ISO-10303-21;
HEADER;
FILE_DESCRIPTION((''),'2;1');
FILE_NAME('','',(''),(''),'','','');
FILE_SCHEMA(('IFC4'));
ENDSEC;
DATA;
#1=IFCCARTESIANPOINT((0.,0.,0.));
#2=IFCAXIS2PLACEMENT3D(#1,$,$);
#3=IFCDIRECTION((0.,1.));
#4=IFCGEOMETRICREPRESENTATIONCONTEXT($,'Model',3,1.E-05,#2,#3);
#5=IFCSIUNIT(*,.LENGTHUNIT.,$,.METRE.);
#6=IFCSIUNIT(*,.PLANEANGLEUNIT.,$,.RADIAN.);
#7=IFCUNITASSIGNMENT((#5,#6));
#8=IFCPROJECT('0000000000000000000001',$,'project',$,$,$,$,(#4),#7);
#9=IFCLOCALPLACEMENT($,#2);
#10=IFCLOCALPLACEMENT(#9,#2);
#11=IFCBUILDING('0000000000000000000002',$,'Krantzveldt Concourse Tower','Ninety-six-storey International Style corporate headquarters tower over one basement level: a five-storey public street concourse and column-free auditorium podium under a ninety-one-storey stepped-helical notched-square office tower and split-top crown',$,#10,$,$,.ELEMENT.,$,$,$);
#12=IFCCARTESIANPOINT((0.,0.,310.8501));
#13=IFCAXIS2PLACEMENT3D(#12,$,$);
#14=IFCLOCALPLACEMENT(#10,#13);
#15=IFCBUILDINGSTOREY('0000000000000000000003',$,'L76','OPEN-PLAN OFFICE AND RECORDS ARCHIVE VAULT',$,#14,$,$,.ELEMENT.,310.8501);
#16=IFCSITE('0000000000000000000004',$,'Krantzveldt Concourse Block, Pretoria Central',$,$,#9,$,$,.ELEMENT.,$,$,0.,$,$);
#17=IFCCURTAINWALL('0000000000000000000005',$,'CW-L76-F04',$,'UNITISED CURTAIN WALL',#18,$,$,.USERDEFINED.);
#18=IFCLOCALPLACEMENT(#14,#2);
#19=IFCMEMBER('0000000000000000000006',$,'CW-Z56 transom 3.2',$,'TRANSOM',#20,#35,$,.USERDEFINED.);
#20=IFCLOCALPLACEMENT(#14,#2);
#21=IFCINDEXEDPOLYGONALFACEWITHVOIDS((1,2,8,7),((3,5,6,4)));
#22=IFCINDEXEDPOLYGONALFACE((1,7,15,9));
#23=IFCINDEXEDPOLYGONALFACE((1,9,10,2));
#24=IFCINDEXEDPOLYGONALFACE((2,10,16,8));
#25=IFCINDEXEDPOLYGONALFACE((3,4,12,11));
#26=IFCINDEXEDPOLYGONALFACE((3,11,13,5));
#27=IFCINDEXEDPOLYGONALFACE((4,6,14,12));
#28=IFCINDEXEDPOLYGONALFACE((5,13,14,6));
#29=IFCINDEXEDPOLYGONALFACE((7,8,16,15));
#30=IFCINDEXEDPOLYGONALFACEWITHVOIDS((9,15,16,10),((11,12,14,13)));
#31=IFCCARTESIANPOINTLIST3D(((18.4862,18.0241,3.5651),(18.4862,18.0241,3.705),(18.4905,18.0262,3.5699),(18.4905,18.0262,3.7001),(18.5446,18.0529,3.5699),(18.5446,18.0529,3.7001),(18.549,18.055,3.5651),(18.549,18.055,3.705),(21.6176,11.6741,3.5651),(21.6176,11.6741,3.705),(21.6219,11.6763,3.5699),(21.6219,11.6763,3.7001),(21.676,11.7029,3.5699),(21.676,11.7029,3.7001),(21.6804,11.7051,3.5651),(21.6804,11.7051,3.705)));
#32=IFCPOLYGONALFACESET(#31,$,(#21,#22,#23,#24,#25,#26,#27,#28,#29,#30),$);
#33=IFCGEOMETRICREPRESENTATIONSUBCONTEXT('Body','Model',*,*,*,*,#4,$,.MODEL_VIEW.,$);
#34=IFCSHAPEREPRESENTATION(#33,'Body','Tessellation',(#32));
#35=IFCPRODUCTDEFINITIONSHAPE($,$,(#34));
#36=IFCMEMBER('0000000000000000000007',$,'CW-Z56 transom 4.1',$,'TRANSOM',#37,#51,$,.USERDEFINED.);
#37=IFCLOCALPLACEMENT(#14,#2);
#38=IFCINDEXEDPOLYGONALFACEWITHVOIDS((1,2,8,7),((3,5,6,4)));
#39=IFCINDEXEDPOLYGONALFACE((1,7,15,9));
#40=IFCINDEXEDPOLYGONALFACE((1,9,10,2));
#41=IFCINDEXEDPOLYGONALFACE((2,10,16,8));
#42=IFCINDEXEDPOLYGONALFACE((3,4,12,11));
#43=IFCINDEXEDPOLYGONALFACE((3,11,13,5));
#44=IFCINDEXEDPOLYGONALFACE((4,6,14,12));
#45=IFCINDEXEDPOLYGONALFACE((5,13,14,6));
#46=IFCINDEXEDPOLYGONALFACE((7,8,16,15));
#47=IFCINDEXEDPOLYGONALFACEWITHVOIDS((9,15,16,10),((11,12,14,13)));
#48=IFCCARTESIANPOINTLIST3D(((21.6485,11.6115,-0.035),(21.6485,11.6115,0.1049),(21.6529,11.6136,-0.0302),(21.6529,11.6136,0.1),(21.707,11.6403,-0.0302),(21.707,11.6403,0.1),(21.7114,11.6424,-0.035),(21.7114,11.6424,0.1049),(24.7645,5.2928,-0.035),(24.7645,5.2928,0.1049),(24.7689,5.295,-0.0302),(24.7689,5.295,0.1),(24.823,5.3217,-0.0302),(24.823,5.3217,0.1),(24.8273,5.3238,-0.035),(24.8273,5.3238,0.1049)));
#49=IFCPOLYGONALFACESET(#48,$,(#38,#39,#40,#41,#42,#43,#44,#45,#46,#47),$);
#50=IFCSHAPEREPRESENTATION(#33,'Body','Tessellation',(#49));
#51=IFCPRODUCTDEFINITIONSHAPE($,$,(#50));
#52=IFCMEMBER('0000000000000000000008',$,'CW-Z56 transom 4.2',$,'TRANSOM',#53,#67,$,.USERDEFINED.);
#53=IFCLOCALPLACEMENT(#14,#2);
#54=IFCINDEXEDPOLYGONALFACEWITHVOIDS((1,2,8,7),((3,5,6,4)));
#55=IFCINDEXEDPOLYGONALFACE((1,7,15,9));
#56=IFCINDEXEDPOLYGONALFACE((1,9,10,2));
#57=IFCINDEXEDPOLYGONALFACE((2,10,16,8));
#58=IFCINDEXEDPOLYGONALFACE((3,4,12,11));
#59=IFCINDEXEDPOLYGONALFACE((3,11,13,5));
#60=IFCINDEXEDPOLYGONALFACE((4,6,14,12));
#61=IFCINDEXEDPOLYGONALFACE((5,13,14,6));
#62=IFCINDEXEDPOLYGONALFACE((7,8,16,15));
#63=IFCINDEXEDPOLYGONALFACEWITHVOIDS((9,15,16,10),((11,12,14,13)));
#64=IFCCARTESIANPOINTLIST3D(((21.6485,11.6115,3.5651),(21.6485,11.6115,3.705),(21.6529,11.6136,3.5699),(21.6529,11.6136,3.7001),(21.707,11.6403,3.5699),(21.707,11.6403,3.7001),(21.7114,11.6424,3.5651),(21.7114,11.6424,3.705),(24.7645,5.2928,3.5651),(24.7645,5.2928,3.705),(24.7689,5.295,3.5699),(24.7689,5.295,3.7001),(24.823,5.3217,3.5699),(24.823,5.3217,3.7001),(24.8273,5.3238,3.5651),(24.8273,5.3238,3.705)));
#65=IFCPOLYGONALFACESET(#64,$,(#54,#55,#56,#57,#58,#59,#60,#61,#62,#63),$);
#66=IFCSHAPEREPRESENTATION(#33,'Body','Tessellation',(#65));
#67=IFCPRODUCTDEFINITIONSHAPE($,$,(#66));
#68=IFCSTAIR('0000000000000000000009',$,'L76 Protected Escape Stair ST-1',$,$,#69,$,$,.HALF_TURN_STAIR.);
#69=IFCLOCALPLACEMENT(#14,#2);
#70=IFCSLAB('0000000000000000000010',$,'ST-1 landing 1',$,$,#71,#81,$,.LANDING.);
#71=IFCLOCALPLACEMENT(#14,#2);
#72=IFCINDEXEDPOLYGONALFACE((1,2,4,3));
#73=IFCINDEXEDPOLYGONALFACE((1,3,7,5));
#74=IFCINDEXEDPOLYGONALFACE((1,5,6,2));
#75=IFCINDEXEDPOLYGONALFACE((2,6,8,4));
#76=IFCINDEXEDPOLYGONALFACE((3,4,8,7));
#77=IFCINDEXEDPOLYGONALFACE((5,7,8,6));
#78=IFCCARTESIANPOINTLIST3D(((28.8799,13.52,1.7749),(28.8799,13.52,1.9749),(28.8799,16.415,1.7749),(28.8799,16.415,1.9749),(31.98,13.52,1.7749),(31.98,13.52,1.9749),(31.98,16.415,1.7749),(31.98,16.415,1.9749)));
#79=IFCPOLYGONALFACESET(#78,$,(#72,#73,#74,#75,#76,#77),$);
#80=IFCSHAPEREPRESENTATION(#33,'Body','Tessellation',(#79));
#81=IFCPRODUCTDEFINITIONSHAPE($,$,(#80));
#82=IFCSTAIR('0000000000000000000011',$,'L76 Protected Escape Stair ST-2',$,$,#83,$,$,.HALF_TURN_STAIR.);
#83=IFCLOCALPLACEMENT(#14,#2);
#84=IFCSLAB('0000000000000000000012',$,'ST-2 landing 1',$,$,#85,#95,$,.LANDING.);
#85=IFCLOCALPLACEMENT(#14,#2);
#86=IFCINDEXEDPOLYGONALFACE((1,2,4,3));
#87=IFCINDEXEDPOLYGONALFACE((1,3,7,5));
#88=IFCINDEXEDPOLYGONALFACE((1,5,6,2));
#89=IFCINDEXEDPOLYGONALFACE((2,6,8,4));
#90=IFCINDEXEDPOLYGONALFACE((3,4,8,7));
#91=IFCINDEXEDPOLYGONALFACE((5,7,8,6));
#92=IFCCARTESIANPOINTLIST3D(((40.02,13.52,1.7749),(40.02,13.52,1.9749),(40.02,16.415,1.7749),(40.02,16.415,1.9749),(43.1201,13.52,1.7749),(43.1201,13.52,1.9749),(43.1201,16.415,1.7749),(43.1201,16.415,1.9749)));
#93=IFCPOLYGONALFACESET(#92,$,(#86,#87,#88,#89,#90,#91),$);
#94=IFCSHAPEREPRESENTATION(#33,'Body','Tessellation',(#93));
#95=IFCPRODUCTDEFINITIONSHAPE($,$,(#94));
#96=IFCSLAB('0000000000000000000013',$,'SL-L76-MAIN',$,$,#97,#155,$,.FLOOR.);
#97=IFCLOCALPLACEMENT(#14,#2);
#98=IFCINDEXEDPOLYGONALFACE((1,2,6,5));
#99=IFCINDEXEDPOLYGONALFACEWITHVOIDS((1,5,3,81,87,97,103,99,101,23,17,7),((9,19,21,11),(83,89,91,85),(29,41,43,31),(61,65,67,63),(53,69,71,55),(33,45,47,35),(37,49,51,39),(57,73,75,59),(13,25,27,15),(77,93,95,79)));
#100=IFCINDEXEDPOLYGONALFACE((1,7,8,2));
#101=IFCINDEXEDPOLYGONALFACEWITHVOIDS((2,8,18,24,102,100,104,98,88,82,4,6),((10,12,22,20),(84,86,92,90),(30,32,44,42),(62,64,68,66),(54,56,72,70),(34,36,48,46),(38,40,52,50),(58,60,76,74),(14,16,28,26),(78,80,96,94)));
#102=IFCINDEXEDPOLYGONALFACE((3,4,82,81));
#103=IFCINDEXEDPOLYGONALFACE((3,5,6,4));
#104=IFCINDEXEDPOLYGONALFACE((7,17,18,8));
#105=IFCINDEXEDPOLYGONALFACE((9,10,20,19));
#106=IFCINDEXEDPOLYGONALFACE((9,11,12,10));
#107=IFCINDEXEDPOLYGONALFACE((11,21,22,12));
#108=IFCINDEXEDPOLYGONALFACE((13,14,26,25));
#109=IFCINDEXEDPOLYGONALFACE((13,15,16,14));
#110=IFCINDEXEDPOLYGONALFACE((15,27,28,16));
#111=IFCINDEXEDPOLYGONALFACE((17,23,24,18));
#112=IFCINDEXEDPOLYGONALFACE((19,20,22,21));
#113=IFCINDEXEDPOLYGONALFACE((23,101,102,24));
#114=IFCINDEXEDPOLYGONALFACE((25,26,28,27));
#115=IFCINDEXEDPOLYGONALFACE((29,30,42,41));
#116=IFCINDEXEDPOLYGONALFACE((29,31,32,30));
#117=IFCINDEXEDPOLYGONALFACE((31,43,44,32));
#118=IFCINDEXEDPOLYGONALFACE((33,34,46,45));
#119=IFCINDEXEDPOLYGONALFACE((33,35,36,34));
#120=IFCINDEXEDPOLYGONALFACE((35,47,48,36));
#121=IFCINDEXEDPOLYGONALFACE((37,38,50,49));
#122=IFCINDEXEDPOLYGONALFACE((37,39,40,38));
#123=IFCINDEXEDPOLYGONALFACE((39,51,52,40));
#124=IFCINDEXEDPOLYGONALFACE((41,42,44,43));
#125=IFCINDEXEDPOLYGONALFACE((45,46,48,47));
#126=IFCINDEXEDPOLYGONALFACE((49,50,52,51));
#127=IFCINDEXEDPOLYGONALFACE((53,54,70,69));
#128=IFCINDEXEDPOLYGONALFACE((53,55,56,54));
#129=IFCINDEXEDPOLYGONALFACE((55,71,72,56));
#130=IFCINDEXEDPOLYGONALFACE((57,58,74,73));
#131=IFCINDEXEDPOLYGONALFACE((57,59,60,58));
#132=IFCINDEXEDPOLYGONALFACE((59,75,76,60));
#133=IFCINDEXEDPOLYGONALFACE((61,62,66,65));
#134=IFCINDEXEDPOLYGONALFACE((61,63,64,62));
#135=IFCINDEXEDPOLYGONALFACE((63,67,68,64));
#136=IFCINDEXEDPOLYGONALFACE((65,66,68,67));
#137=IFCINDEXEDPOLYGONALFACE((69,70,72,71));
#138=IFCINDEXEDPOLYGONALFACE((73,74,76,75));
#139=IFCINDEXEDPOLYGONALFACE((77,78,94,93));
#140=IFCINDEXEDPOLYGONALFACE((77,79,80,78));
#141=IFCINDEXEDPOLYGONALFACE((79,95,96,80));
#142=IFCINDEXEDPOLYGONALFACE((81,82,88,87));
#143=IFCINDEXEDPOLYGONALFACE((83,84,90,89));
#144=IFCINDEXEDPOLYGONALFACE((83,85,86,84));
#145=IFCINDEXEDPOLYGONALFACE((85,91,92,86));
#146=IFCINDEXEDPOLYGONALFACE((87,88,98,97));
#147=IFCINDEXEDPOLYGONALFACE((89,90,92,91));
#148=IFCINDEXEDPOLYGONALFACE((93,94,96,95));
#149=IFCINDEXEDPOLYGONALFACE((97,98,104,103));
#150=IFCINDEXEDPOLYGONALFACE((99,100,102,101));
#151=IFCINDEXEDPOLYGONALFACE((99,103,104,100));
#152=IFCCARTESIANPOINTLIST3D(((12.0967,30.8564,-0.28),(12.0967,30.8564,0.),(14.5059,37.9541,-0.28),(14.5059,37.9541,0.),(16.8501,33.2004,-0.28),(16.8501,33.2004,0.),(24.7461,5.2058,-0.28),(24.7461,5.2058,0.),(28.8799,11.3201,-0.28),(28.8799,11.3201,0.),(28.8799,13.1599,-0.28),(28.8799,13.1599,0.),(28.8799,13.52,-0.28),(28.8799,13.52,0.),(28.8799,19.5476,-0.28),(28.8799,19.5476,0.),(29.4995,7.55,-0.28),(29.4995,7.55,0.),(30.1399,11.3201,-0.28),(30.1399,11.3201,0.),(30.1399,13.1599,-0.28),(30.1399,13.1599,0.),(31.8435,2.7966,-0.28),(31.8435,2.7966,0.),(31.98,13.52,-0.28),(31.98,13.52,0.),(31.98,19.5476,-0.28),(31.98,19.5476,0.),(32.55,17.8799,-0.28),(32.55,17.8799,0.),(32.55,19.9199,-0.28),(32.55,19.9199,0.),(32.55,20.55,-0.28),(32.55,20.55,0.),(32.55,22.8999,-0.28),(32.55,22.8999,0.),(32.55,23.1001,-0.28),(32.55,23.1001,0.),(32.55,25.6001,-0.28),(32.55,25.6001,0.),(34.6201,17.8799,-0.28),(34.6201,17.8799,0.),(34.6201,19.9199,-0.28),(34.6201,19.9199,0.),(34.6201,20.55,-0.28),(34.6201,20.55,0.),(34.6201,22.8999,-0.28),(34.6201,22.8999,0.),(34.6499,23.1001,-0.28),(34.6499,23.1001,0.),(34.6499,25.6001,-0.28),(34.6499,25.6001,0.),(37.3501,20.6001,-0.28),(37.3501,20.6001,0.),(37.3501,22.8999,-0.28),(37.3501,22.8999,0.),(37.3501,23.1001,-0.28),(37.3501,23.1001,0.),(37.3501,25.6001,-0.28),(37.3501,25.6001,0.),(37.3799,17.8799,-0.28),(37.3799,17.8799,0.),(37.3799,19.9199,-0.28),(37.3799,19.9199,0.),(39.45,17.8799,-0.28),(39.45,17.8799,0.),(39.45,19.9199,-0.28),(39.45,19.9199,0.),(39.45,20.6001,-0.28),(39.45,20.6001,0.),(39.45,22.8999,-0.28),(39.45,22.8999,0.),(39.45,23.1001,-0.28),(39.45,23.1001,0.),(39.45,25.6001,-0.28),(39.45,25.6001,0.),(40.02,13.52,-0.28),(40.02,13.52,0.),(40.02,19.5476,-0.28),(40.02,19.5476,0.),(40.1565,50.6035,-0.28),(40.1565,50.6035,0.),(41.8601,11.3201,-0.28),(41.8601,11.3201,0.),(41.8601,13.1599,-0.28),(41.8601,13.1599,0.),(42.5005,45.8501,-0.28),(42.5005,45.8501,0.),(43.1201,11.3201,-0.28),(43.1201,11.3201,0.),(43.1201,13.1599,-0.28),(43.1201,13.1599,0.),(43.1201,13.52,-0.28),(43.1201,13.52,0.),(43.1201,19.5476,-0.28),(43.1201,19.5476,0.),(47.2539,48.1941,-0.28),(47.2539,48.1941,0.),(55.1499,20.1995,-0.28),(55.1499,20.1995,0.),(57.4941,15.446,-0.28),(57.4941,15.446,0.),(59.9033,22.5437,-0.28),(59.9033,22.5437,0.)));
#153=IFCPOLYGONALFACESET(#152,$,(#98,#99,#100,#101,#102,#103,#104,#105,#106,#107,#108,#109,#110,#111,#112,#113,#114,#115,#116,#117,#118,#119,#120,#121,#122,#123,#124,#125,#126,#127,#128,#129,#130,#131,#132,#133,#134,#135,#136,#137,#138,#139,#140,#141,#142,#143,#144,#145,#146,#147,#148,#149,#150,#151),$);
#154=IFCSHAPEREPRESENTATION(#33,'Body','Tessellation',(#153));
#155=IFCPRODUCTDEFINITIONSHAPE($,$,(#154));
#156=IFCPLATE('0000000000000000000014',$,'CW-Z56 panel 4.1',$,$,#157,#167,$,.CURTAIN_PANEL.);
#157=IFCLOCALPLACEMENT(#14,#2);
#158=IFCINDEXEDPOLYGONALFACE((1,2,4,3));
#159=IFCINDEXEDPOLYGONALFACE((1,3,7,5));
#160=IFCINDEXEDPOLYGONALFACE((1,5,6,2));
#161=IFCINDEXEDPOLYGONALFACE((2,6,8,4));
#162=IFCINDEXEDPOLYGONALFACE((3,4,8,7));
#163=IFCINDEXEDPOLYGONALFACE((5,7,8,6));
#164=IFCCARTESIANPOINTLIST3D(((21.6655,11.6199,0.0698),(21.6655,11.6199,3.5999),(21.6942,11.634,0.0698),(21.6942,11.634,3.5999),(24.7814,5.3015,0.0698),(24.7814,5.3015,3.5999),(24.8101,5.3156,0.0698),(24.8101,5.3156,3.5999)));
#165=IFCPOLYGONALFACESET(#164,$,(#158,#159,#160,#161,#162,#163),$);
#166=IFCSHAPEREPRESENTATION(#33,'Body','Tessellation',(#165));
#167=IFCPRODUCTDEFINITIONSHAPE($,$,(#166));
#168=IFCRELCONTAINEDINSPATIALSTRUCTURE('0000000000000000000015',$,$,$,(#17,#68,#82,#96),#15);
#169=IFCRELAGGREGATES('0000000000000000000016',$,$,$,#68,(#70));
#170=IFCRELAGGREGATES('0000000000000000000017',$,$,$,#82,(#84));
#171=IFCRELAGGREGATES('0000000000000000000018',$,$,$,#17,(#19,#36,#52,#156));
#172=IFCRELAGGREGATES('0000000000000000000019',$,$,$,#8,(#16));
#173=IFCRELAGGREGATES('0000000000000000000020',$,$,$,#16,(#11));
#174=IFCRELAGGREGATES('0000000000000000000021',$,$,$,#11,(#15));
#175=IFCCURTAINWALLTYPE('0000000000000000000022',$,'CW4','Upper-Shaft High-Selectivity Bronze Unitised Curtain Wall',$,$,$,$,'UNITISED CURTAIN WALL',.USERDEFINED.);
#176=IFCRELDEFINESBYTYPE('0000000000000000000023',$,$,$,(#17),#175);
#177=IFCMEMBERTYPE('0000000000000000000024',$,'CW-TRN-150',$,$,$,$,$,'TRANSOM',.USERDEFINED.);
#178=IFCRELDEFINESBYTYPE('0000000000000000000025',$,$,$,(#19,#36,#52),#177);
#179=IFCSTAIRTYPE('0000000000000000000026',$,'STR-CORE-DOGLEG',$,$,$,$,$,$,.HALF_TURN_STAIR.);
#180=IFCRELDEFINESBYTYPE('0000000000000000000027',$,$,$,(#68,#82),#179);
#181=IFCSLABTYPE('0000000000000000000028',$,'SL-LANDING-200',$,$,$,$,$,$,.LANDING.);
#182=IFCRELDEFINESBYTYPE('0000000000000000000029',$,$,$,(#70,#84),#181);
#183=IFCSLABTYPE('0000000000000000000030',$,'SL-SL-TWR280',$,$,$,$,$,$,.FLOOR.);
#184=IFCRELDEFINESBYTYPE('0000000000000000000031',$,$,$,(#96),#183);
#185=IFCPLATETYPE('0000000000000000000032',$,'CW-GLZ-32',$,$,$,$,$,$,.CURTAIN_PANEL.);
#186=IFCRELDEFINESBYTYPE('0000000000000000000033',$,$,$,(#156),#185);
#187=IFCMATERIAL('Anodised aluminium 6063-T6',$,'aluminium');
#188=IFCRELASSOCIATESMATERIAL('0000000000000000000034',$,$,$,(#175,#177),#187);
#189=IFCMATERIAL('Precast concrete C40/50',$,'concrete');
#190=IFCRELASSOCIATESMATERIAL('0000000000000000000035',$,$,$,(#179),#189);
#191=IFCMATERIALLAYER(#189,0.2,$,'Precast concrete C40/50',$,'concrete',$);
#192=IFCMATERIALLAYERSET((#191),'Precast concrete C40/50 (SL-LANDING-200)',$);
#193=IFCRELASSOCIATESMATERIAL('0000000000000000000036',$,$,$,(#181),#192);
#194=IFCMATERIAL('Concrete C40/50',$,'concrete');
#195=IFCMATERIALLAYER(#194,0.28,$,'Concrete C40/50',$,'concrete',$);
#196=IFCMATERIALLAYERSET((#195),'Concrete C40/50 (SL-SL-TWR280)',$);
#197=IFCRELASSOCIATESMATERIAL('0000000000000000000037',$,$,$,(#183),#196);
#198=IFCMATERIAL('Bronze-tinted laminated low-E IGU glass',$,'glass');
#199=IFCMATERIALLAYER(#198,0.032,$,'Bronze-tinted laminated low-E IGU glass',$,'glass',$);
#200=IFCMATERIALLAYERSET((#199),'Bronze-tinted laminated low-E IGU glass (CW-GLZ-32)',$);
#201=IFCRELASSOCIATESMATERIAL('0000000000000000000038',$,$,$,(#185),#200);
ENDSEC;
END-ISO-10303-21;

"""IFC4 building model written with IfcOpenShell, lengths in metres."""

from ifc_helpers import new_model, si_unit, direction, frame, origin, origin_2d, place, context, subcontext, project, spatial, polyline, rectangle, hollow_rectangle, outline, extrude, source, transform, mapped, material, layer, layer_set, material_profile, profile_set, type_object, type_shapes, element, aggregate, save


model = new_model("IFC4")

# Units and contexts
model_context = context("Model", 3, precision=1e-05, world=origin(), true_north=direction((0.0, 1.0)))
body_context = subcontext(model_context, "Body", "Model", "MODEL_VIEW")
ifc_project = project(units=[si_unit("LENGTHUNIT", "METRE"), si_unit("PLANEANGLEUNIT", "RADIAN")], contexts=[model_context])

# Site, building, storey
site_placement = place(None, origin())
site = spatial("IfcSite", under=ifc_project, at=site_placement, Name="Krantzveldt Concourse Block, Pretoria Central", CompositionType="ELEMENT", RefElevation=0.0)
building_placement = place(site_placement, origin())
building = spatial("IfcBuilding", under=site, at=building_placement, Name="Krantzveldt Concourse Tower", Description="Ninety-six-storey International Style corporate headquarters tower over one basement level: a five-storey public street concourse and column-free auditorium podium under a ninety-one-storey stepped-helical notched-square office tower and split-top crown", CompositionType="ELEMENT")
storey_placement = place(building_placement, frame((0.0, 0.0, 310.8501)))
storey = spatial("IfcBuildingStorey", under=building, at=storey_placement, Name="L76", Description="OPEN-PLAN OFFICE AND RECORDS ARCHIVE VAULT", CompositionType="ELEMENT", Elevation=310.8501)

# Curtain wall, members
ifc_material_1 = material(Name="Anodised aluminium 6063-T6", Category="aluminium")
curtain_wall_type = type_object("IfcCurtainWallType", Name="CW4", Description="Upper-Shaft High-Selectivity Bronze Unitised Curtain Wall", ElementType="UNITISED CURTAIN WALL", PredefinedType="USERDEFINED", material=ifc_material_1)
curtain_wall_placement = place(storey_placement, origin())
curtain_wall = element("IfcCurtainWall", 1, at=curtain_wall_placement, inside=storey, type_object=curtain_wall_type, Name="CW-L76-F04", ObjectType="UNITISED CURTAIN WALL", PredefinedType="USERDEFINED")
ifc_material_profile_1 = material_profile(ifc_material_1, hollow_rectangle(XDim=0.0701, YDim=0.1399, WallThickness=0.0049, at=origin_2d()), Name="Anodised aluminium 6063-T6", Category="aluminium")
ifc_profile_set_1 = profile_set([ifc_material_profile_1], Name="Anodised aluminium 6063-T6 - ALU-TRAN 140x70x5")
member_type_1 = type_object("IfcMemberType", Name="CW-TRN-150", ElementType="TRANSOM", PredefinedType="USERDEFINED", material=ifc_profile_set_1)
shared_shape_1 = source(origin(), body_context, "Body", "SweptSolid", [
    extrude(hollow_rectangle(XDim=0.0701, YDim=0.1399, WallThickness=0.0049, at=origin_2d()), origin(), (0.0, 0.0, 1.0), 7.0801),
])
member_1_placement = place(storey_placement, frame((18.5176, 18.0396, 3.635), z_axis=(0.442283, -0.896876, 0.0), x_axis=(0.896876, 0.442283, 0.0)))
member_1 = element("IfcMember", 2, at=member_1_placement, type_object=member_type_1, Name="CW-Z56 transom 3.2", ObjectType="TRANSOM", PredefinedType="USERDEFINED", context=body_context, shape_type="MappedRepresentation", body=[
    mapped(shared_shape_1, transform((0.0, 0.0, 0.0), x_axis=(1.0, 0.0, 0.0), y_axis=(0.0, 1.0, 0.0), z_axis=(0.0, 0.0, 1.0), scale=1.0)),
])
shared_shape_2 = source(origin(), body_context, "Body", "SweptSolid", [
    extrude(hollow_rectangle(XDim=0.0701, YDim=0.1399, WallThickness=0.0049, at=origin_2d()), origin(), (0.0, 0.0, 1.0), 7.0452),
])
type_shapes(member_type_1, [shared_shape_1, shared_shape_2])
member_2_placement = place(storey_placement, frame((21.6799, 11.627, 0.0349), z_axis=(0.442286, -0.896874, 0.0), x_axis=(0.896874, 0.442286, 0.0)))
member_2 = element("IfcMember", 3, at=member_2_placement, type_object=member_type_1, Name="CW-Z56 transom 4.1", ObjectType="TRANSOM", PredefinedType="USERDEFINED", context=body_context, shape_type="MappedRepresentation", body=[
    mapped(shared_shape_2, transform((0.0, 0.0, 0.0), x_axis=(1.0, 0.0, 0.0), y_axis=(0.0, 1.0, 0.0), z_axis=(0.0, 0.0, 1.0), scale=1.0)),
])
member_3_placement = place(storey_placement, frame((21.6799, 11.627, 3.635), z_axis=(0.442286, -0.896874, 0.0), x_axis=(0.896874, 0.442286, 0.0)))
member_3 = element("IfcMember", 4, at=member_3_placement, type_object=member_type_1, Name="CW-Z56 transom 4.2", ObjectType="TRANSOM", PredefinedType="USERDEFINED", context=body_context, shape_type="MappedRepresentation", body=[
    mapped(shared_shape_2, transform((0.0, 0.0, 0.0), x_axis=(1.0, 0.0, 0.0), y_axis=(0.0, 1.0, 0.0), z_axis=(0.0, 0.0, 1.0), scale=1.0)),
])

# Stairs, slabs
ifc_material_2 = material(Name="Precast concrete C40/50", Category="concrete")
stair_type = type_object("IfcStairType", Name="STR-CORE-DOGLEG", PredefinedType="HALF_TURN_STAIR", material=ifc_material_2)
stair_1_placement = place(storey_placement, origin())
stair_1 = element("IfcStair", 5, at=stair_1_placement, inside=storey, type_object=stair_type, Name="L76 Protected Escape Stair ST-1", PredefinedType="HALF_TURN_STAIR")
ifc_layer_1 = layer(ifc_material_2, 0.2, Name="Precast concrete C40/50", Category="concrete")
ifc_layer_set_1 = layer_set([ifc_layer_1], Name="Precast concrete C40/50 (SL-LANDING-200)")
slab_type_1 = type_object("IfcSlabType", Name="SL-LANDING-200", PredefinedType="LANDING", material=ifc_layer_set_1)
slab_1_placement = place(storey_placement, frame((0.0, 0.0, 1.7749)))
slab_1 = element("IfcSlab", 6, at=slab_1_placement, type_object=slab_type_1, Name="ST-1 landing 1", PredefinedType="LANDING", context=body_context, shape_type="SweptSolid", body=[
    extrude(outline(polyline([(28.8799, 16.415), (28.8799, 13.52), (31.98, 13.52), (31.98, 16.415), (28.8799, 16.415)])), origin(), (0.0, 0.0, 1.0), 0.2),
])
aggregate(stair_1, [slab_1])
stair_2_placement = place(storey_placement, origin())
stair_2 = element("IfcStair", 7, at=stair_2_placement, inside=storey, type_object=stair_type, Name="L76 Protected Escape Stair ST-2", PredefinedType="HALF_TURN_STAIR")
slab_2_placement = place(storey_placement, frame((0.0, 0.0, 1.7749)))
slab_2 = element("IfcSlab", 8, at=slab_2_placement, type_object=slab_type_1, Name="ST-2 landing 1", PredefinedType="LANDING", context=body_context, shape_type="SweptSolid", body=[
    extrude(outline(polyline([(40.02, 16.415), (40.02, 13.52), (43.1201, 13.52), (43.1201, 16.415), (40.02, 16.415)])), origin(), (0.0, 0.0, 1.0), 0.2),
])
aggregate(stair_2, [slab_2])

# Slab
ifc_material_3 = material(Name="Concrete C40/50", Category="concrete")
ifc_layer_2 = layer(ifc_material_3, 0.28, Name="Concrete C40/50", Category="concrete")
ifc_layer_set_2 = layer_set([ifc_layer_2], Name="Concrete C40/50 (SL-SL-TWR280)")
slab_type_2 = type_object("IfcSlabType", Name="SL-SL-TWR280", PredefinedType="FLOOR", material=ifc_layer_set_2)
slab_3_placement = place(storey_placement, frame((0.0, 0.0, -0.28)))
element("IfcSlab", 9, at=slab_3_placement, inside=storey, type_object=slab_type_2, Name="SL-L76-MAIN", PredefinedType="FLOOR", context=body_context, shape_type="SweptSolid", body=[
    extrude(outline(polyline([(42.5005, 45.8501), (40.1565, 50.6035), (14.5059, 37.9541), (16.8501, 33.2004), (12.0967, 30.8564), (24.7461, 5.2058), (29.4995, 7.55), (31.8435, 2.7966), (57.4941, 15.446), (55.1499, 20.1995), (59.9033, 22.5437), (47.2539, 48.1941), (42.5005, 45.8501)]), holes=[polyline([(28.8799, 19.5476), (28.8799, 13.52), (31.98, 13.52), (31.98, 19.5476), (28.8799, 19.5476)]), polyline([(40.02, 19.5476), (40.02, 13.52), (43.1201, 13.52), (43.1201, 19.5476), (40.02, 19.5476)]), polyline([(32.55, 23.1001), (34.6499, 23.1001), (34.6499, 25.6001), (32.55, 25.6001), (32.55, 23.1001)]), polyline([(37.3501, 23.1001), (39.45, 23.1001), (39.45, 25.6001), (37.3501, 25.6001), (37.3501, 23.1001)]), polyline([(37.3501, 20.6001), (39.45, 20.6001), (39.45, 22.8999), (37.3501, 22.8999), (37.3501, 20.6001)]), polyline([(32.55, 20.55), (34.6201, 20.55), (34.6201, 22.8999), (32.55, 22.8999), (32.55, 20.55)]), polyline([(32.55, 17.8799), (34.6201, 17.8799), (34.6201, 19.9199), (32.55, 19.9199), (32.55, 17.8799)]), polyline([(37.3799, 17.8799), (39.45, 17.8799), (39.45, 19.9199), (37.3799, 19.9199), (37.3799, 17.8799)]), polyline([(28.8799, 11.3201), (30.1399, 11.3201), (30.1399, 13.1599), (28.8799, 13.1599), (28.8799, 11.3201)]), polyline([(41.8601, 11.3201), (43.1201, 11.3201), (43.1201, 13.1599), (41.8601, 13.1599), (41.8601, 11.3201)])]), origin(), (0.0, 0.0, 1.0), 0.28),
])

# Plate
ifc_material_4 = material(Name="Bronze-tinted laminated low-E IGU glass", Category="glass")
ifc_layer_3 = layer(ifc_material_4, 0.032, Name="Bronze-tinted laminated low-E IGU glass", Category="glass")
ifc_layer_set_3 = layer_set([ifc_layer_3], Name="Bronze-tinted laminated low-E IGU glass (CW-GLZ-32)")
plate_type = type_object("IfcPlateType", Name="CW-GLZ-32", PredefinedType="CURTAIN_PANEL", material=ifc_layer_set_3)
shared_shape_3 = source(origin(), body_context, "Body", "SweptSolid", [
    extrude(rectangle(XDim=7.0449, YDim=0.032, at=origin_2d()), origin(), (0.0, 0.0, 1.0), 3.53),
])
plate_1_placement = place(storey_placement, frame((23.2378, 8.4678, 0.0698), z_axis=(0.0, 0.0, 1.0), x_axis=(0.442289, -0.896873, 0.0)))
plate_1 = element("IfcPlate", 10, at=plate_1_placement, type_object=plate_type, Name="CW-Z56 panel 4.1", PredefinedType="CURTAIN_PANEL", context=body_context, shape_type="MappedRepresentation", body=[
    mapped(shared_shape_3, transform((0.0, 0.0, 0.0), x_axis=(1.0, 0.0, 0.0), y_axis=(0.0, 1.0, 0.0), z_axis=(0.0, 0.0, 1.0), scale=1.0)),
])
aggregate(curtain_wall, [member_1, member_2, member_3, plate_1])

save(model, "model.ifc")
